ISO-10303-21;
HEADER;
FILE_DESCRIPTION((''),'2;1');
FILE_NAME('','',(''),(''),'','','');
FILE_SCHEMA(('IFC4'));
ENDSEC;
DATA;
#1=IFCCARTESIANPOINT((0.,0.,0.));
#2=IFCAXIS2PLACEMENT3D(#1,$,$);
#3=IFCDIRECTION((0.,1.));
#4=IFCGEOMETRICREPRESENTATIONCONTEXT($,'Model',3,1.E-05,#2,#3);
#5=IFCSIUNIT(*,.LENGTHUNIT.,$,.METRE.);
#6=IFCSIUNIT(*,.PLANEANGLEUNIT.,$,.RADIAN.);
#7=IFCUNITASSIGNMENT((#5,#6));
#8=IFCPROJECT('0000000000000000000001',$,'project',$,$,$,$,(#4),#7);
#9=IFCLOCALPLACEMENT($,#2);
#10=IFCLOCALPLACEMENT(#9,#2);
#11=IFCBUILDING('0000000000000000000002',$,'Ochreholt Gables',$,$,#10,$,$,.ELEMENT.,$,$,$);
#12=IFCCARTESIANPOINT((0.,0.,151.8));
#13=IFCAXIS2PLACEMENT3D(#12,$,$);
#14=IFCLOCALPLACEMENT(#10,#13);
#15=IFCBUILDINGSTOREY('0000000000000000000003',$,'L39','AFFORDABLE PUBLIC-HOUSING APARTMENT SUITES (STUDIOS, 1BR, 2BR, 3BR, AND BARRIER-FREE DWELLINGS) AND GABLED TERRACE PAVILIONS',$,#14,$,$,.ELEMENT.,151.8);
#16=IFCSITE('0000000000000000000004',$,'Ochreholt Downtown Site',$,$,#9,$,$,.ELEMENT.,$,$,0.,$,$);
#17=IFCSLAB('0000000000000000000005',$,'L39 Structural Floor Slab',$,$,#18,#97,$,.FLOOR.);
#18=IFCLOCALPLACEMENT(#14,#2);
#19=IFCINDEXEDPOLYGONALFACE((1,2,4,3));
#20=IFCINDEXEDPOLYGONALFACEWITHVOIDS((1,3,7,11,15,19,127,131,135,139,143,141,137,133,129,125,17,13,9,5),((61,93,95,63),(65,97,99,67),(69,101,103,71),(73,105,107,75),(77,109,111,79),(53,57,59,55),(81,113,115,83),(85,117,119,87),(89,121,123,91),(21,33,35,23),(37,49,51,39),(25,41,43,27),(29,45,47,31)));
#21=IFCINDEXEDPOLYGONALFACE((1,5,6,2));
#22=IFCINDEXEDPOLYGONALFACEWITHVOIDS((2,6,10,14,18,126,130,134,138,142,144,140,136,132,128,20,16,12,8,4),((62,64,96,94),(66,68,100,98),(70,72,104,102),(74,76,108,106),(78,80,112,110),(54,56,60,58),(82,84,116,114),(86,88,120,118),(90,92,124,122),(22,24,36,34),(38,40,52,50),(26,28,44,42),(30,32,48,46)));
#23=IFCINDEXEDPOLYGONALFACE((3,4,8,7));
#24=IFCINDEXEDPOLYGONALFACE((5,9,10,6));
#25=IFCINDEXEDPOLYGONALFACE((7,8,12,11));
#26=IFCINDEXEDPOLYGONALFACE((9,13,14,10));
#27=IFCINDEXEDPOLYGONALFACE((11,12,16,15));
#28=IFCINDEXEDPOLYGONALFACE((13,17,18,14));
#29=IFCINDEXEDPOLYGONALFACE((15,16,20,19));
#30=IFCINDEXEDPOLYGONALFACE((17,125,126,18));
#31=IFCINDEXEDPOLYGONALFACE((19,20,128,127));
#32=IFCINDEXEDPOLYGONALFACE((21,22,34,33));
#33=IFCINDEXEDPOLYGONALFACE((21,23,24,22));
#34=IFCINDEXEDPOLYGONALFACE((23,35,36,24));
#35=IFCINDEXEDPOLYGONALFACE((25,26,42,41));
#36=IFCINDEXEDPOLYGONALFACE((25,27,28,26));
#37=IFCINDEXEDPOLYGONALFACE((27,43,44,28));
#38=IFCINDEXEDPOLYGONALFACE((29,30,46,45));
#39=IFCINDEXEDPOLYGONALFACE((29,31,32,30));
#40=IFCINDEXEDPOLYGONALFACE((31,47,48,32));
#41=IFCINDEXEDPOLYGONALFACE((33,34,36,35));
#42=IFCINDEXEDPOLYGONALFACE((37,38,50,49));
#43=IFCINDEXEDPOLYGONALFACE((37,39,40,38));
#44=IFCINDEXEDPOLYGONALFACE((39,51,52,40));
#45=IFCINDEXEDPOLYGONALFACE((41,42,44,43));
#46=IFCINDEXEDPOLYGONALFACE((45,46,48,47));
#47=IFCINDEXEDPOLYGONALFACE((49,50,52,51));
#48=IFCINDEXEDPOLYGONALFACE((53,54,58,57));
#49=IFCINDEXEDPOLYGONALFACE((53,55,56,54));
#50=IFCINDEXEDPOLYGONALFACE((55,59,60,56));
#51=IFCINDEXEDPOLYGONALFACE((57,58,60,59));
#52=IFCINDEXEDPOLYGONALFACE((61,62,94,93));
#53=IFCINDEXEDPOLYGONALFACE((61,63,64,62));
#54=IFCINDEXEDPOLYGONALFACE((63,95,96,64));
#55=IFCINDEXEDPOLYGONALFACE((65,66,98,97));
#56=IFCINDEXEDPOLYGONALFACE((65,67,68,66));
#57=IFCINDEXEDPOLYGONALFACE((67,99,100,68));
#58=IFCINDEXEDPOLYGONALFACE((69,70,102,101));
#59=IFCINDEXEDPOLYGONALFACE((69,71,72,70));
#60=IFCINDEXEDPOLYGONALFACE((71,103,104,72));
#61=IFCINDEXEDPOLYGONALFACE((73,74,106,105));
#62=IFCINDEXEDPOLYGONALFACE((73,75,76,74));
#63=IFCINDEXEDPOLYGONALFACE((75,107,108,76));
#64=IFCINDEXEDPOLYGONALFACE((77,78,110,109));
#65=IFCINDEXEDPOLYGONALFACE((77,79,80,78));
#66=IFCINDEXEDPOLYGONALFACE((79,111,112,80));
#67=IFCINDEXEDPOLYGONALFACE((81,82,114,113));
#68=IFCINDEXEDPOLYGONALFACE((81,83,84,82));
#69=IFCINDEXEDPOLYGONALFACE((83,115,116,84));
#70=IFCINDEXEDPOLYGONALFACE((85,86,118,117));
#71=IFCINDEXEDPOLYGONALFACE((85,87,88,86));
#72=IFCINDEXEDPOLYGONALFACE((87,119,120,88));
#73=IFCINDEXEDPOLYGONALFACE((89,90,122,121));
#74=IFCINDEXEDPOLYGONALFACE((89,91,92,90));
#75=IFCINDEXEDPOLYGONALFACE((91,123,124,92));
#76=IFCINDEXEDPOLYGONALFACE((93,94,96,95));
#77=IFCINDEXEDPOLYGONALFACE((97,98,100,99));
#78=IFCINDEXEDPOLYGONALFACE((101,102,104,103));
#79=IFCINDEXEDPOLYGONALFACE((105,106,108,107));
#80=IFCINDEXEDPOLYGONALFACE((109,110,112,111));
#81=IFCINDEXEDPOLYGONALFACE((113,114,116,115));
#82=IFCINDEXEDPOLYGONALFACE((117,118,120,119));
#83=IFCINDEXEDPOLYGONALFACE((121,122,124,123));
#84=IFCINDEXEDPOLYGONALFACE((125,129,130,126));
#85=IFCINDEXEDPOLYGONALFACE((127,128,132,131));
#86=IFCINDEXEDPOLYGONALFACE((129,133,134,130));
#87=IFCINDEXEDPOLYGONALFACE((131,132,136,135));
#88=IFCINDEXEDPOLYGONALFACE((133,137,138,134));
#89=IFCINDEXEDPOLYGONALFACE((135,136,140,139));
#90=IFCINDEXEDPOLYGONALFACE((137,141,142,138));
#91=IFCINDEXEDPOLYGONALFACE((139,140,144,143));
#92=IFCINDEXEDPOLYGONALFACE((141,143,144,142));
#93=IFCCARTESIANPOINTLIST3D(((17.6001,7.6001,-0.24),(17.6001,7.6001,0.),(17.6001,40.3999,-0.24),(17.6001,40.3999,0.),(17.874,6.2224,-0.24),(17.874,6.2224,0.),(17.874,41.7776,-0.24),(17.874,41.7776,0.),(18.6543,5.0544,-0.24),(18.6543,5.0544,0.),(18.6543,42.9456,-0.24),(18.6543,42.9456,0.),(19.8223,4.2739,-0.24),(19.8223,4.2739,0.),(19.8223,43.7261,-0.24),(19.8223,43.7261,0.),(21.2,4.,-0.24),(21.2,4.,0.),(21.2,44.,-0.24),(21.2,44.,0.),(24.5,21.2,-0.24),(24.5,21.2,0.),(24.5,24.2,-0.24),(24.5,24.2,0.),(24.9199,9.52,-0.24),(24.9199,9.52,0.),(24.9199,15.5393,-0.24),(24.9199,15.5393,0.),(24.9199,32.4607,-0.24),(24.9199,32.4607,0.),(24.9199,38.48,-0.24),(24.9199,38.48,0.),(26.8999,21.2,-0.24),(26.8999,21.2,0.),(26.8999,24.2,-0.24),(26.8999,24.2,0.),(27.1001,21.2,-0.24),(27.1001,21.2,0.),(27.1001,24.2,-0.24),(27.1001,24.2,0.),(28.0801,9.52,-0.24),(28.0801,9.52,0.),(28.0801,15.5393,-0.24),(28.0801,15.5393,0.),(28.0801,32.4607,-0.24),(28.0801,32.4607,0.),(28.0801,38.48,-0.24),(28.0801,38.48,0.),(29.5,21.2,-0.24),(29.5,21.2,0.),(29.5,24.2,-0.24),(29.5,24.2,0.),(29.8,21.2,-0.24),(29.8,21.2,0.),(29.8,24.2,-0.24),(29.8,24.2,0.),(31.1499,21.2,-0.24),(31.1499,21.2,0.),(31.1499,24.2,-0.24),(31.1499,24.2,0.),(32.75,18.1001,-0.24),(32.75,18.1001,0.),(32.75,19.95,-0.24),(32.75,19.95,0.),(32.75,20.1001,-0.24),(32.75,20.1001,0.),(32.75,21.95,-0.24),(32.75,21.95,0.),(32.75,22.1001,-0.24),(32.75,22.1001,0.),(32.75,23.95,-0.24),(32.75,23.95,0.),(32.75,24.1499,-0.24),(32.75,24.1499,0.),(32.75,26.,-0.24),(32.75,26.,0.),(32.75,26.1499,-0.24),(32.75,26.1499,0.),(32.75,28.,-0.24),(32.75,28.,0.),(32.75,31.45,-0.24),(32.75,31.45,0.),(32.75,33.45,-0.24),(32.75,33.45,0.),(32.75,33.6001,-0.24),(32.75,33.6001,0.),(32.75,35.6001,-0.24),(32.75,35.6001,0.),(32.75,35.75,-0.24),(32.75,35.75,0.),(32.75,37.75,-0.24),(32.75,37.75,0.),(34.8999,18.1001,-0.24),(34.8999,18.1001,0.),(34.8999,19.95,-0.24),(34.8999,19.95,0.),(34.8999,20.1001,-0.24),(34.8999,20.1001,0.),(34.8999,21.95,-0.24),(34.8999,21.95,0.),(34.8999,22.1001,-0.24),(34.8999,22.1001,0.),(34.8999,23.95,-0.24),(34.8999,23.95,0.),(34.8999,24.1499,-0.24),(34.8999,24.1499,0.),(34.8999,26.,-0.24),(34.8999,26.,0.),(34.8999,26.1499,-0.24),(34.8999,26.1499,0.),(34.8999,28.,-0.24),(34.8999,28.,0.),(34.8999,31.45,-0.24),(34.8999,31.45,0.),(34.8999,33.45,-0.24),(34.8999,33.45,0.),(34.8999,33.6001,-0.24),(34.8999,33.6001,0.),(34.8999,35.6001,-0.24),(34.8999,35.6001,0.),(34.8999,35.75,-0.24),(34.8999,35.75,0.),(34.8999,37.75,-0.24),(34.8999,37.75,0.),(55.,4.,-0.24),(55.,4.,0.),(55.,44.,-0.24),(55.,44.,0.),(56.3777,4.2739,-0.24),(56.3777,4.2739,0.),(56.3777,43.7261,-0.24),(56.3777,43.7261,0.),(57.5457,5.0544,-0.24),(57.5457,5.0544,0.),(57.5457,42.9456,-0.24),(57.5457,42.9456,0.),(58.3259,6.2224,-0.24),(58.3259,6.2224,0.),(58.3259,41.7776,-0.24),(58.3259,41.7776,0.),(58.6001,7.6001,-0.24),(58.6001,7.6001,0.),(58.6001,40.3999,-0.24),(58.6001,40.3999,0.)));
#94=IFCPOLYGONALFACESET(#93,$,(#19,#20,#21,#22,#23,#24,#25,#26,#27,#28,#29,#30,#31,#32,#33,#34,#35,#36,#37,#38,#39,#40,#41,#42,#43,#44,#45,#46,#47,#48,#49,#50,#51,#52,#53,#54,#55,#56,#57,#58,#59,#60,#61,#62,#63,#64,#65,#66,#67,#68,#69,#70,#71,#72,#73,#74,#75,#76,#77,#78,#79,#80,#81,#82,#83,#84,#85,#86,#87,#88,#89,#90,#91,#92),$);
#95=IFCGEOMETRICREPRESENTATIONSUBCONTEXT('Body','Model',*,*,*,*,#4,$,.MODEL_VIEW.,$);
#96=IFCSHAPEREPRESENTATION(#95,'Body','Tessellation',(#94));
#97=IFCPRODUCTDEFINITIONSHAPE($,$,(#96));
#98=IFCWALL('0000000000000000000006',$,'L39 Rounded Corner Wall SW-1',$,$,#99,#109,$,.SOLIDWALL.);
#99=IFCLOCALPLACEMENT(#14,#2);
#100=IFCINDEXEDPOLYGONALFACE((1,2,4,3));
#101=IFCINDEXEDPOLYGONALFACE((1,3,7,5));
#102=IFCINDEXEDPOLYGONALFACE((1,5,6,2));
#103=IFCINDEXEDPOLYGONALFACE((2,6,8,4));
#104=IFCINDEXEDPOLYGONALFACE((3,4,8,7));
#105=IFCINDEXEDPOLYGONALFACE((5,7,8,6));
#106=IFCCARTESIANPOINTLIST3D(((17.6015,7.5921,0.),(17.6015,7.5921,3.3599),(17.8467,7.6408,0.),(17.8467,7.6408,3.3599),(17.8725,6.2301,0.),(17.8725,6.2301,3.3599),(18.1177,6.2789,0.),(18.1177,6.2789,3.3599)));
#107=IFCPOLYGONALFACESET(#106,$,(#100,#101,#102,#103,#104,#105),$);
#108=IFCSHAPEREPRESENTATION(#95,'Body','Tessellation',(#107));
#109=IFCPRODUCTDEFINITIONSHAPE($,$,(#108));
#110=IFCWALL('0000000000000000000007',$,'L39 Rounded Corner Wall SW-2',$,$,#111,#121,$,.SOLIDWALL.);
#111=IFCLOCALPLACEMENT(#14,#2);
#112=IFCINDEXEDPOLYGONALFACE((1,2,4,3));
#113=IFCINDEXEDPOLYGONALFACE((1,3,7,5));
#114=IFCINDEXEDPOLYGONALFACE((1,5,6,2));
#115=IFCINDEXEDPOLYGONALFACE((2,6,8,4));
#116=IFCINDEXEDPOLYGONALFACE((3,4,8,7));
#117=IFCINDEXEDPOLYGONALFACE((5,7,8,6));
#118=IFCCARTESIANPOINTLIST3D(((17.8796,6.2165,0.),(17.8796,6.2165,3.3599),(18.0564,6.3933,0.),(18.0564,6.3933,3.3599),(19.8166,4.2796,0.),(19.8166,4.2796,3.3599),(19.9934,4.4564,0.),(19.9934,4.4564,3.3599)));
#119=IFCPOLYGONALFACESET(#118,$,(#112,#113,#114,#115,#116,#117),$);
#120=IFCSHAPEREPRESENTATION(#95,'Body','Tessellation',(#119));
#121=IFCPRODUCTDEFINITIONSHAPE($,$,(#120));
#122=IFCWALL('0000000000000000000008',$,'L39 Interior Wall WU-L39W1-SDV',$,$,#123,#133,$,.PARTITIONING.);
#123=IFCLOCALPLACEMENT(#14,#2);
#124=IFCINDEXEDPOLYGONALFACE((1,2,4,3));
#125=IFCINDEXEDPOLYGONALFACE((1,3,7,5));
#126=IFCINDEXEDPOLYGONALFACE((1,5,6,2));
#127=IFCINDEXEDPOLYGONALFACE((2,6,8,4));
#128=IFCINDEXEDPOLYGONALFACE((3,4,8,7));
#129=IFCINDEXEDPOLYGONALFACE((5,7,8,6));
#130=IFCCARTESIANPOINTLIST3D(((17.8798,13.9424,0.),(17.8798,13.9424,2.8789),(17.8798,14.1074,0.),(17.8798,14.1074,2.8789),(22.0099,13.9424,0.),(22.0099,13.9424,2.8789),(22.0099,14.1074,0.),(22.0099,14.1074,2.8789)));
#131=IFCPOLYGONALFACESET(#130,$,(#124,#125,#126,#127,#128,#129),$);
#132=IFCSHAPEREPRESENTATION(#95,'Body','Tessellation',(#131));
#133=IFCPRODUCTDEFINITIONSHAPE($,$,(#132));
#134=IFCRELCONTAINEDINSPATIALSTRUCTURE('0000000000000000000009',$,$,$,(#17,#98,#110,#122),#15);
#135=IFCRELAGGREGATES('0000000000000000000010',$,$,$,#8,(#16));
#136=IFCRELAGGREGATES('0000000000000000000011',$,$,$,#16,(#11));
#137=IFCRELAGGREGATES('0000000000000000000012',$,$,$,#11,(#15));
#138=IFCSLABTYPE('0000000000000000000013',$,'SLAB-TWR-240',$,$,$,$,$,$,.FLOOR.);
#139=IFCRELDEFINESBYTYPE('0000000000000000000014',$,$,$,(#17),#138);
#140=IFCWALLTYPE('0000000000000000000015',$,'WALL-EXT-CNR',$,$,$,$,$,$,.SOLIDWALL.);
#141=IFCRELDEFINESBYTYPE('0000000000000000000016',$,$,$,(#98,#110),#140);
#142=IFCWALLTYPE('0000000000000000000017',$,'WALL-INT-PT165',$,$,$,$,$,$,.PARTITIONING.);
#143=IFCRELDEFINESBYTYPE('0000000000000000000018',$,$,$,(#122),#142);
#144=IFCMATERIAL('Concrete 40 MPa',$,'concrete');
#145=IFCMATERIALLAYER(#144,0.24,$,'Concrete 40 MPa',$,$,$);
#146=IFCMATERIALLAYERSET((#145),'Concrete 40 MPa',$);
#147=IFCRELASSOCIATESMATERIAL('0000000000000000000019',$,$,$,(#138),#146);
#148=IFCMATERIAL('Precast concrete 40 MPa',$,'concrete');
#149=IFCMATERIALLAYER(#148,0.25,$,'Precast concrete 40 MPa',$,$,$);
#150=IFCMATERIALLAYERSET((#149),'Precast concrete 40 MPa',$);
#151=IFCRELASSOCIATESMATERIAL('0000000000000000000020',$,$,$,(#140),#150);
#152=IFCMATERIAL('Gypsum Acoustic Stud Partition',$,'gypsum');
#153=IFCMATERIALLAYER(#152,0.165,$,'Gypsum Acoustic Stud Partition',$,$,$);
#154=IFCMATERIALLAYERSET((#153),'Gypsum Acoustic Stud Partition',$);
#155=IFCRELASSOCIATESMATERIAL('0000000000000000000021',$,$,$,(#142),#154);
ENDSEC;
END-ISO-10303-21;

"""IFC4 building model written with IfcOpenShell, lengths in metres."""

from ifc_helpers import new_model, si_unit, direction, frame, frame_2d, origin, place, context, subcontext, project, spatial, polyline, rectangle, outline, extrude, material, layer, layer_set, type_object, element, save


model = new_model("IFC4")

# Units and contexts
model_context = context("Model", 3, precision=1e-05, world=origin(), true_north=direction((0.0, 1.0)))
body_context = subcontext(model_context, "Body", "Model", "MODEL_VIEW")
ifc_project = project(units=[si_unit("LENGTHUNIT", "METRE"), si_unit("PLANEANGLEUNIT", "RADIAN")], contexts=[model_context])

# Site, building, storey
site_placement = place(None, origin())
site = spatial("IfcSite", under=ifc_project, at=site_placement, Name="Ochreholt Downtown Site", CompositionType="ELEMENT", RefElevation=0.0)
building_placement = place(site_placement, origin())
building = spatial("IfcBuilding", under=site, at=building_placement, Name="Ochreholt Gables", CompositionType="ELEMENT")
storey_placement = place(building_placement, frame((0.0, 0.0, 151.8)))
storey = spatial("IfcBuildingStorey", under=building, at=storey_placement, Name="L39", Description="AFFORDABLE PUBLIC-HOUSING APARTMENT SUITES (STUDIOS, 1BR, 2BR, 3BR, AND BARRIER-FREE DWELLINGS) AND GABLED TERRACE PAVILIONS", CompositionType="ELEMENT", Elevation=151.8)

# Shared definitions
ifc_material_1 = material(Name="Concrete 40 MPa", Category="concrete")

# Slab
ifc_layer_1 = layer(ifc_material_1, 0.24, Name="Concrete 40 MPa")
ifc_layer_set_1 = layer_set([ifc_layer_1], Name="Concrete 40 MPa")
slab_type_1 = type_object("IfcSlabType", Name="SLAB-TWR-240", PredefinedType="FLOOR", material=ifc_layer_set_1)
slab_1_placement = place(storey_placement, frame((0.0, 0.0, -0.24)))
element("IfcSlab", 1, at=slab_1_placement, inside=storey, type_object=slab_type_1, Name="L39 Structural Floor Slab", PredefinedType="FLOOR", context=body_context, shape_type="SweptSolid", body=[
    extrude(outline(polyline([(17.6001, 7.6001), (17.874, 6.2224), (18.6543, 5.0544), (19.8223, 4.2739), (21.2, 4.0), (55.0, 4.0), (56.3777, 4.2739), (57.5457, 5.0544), (58.3259, 6.2224), (58.6001, 7.6001), (58.6001, 40.3999), (58.3259, 41.7776), (57.5457, 42.9456), (56.3777, 43.7261), (55.0, 44.0), (21.2, 44.0), (19.8223, 43.7261), (18.6543, 42.9456), (17.874, 41.7776), (17.6001, 40.3999), (17.6001, 7.6001)]), holes=[polyline([(24.9199, 15.5393), (24.9199, 9.52), (28.0801, 9.52), (28.0801, 15.5393), (24.9199, 15.5393)]), polyline([(28.0801, 32.4607), (28.0801, 38.48), (24.9199, 38.48), (24.9199, 32.4607), (28.0801, 32.4607)]), polyline([(24.5, 21.2), (26.8999, 21.2), (26.8999, 24.2), (24.5, 24.2), (24.5, 21.2)]), polyline([(27.1001, 21.2), (29.5, 21.2), (29.5, 24.2), (27.1001, 24.2), (27.1001, 21.2)]), polyline([(32.75, 18.1001), (34.8999, 18.1001), (34.8999, 19.95), (32.75, 19.95), (32.75, 18.1001)]), polyline([(32.75, 20.1001), (34.8999, 20.1001), (34.8999, 21.95), (32.75, 21.95), (32.75, 20.1001)]), polyline([(32.75, 22.1001), (34.8999, 22.1001), (34.8999, 23.95), (32.75, 23.95), (32.75, 22.1001)]), polyline([(32.75, 24.1499), (34.8999, 24.1499), (34.8999, 26.0), (32.75, 26.0), (32.75, 24.1499)]), polyline([(32.75, 26.1499), (34.8999, 26.1499), (34.8999, 28.0), (32.75, 28.0), (32.75, 26.1499)]), polyline([(32.75, 31.45), (34.8999, 31.45), (34.8999, 33.45), (32.75, 33.45), (32.75, 31.45)]), polyline([(32.75, 33.6001), (34.8999, 33.6001), (34.8999, 35.6001), (32.75, 35.6001), (32.75, 33.6001)]), polyline([(32.75, 35.75), (34.8999, 35.75), (34.8999, 37.75), (32.75, 37.75), (32.75, 35.75)]), polyline([(29.8, 21.2), (31.1499, 21.2), (31.1499, 24.2), (29.8, 24.2), (29.8, 21.2)])]), origin(), (0.0, 0.0, 1.0), 0.24),
])

# Walls
ifc_material_2 = material(Name="Precast concrete 40 MPa", Category="concrete")
ifc_layer_2 = layer(ifc_material_2, 0.25, Name="Precast concrete 40 MPa")
ifc_layer_set_2 = layer_set([ifc_layer_2], Name="Precast concrete 40 MPa")
wall_type_1 = type_object("IfcWallType", Name="WALL-EXT-CNR", PredefinedType="SOLIDWALL", material=ifc_layer_set_2)
wall_1_placement = place(storey_placement, frame((17.7241, 7.6165, 0.0), z_axis=(0.0, 0.0, 1.0), x_axis=(0.195136, -0.980776, 0.0)))
element("IfcWall", 2, at=wall_1_placement, inside=storey, type_object=wall_type_1, Name="L39 Rounded Corner Wall SW-1", PredefinedType="SOLIDWALL", context=body_context, shape_type="SweptSolid", body=[
    extrude(rectangle(XDim=1.3887, YDim=0.25, at=frame_2d((0.6943, 0.0))), origin(), (0.0, 0.0, 1.0), 3.3599),
])
wall_2_placement = place(storey_placement, frame((17.968, 6.3049, 0.0), z_axis=(0.0, 0.0, 1.0), x_axis=(0.707107, -0.707107, 0.0)))
element("IfcWall", 3, at=wall_2_placement, inside=storey, type_object=wall_type_1, Name="L39 Rounded Corner Wall SW-2", PredefinedType="SOLIDWALL", context=body_context, shape_type="SweptSolid", body=[
    extrude(rectangle(XDim=2.7393, YDim=0.25, at=frame_2d((1.3696, 0.0))), origin(), (0.0, 0.0, 1.0), 3.3599),
])
ifc_material_3 = material(Name="Gypsum Acoustic Stud Partition", Category="gypsum")
ifc_layer_3 = layer(ifc_material_3, 0.165, Name="Gypsum Acoustic Stud Partition")
ifc_layer_set_3 = layer_set([ifc_layer_3], Name="Gypsum Acoustic Stud Partition")
wall_type_2 = type_object("IfcWallType", Name="WALL-INT-PT165", PredefinedType="PARTITIONING", material=ifc_layer_set_3)
wall_3_placement = place(storey_placement, frame((17.8799, 14.0249, 0.0), z_axis=(0.0, 0.0, 1.0), x_axis=(1.0, 0.0, 0.0)))
element("IfcWall", 4, at=wall_3_placement, inside=storey, type_object=wall_type_2, Name="L39 Interior Wall WU-L39W1-SDV", PredefinedType="PARTITIONING", context=body_context, shape_type="SweptSolid", body=[
    extrude(rectangle(XDim=4.1301, YDim=0.165, at=frame_2d((2.0649, 0.0))), origin(), (0.0, 0.0, 1.0), 2.8789),
])

save(model, "model.ifc")
